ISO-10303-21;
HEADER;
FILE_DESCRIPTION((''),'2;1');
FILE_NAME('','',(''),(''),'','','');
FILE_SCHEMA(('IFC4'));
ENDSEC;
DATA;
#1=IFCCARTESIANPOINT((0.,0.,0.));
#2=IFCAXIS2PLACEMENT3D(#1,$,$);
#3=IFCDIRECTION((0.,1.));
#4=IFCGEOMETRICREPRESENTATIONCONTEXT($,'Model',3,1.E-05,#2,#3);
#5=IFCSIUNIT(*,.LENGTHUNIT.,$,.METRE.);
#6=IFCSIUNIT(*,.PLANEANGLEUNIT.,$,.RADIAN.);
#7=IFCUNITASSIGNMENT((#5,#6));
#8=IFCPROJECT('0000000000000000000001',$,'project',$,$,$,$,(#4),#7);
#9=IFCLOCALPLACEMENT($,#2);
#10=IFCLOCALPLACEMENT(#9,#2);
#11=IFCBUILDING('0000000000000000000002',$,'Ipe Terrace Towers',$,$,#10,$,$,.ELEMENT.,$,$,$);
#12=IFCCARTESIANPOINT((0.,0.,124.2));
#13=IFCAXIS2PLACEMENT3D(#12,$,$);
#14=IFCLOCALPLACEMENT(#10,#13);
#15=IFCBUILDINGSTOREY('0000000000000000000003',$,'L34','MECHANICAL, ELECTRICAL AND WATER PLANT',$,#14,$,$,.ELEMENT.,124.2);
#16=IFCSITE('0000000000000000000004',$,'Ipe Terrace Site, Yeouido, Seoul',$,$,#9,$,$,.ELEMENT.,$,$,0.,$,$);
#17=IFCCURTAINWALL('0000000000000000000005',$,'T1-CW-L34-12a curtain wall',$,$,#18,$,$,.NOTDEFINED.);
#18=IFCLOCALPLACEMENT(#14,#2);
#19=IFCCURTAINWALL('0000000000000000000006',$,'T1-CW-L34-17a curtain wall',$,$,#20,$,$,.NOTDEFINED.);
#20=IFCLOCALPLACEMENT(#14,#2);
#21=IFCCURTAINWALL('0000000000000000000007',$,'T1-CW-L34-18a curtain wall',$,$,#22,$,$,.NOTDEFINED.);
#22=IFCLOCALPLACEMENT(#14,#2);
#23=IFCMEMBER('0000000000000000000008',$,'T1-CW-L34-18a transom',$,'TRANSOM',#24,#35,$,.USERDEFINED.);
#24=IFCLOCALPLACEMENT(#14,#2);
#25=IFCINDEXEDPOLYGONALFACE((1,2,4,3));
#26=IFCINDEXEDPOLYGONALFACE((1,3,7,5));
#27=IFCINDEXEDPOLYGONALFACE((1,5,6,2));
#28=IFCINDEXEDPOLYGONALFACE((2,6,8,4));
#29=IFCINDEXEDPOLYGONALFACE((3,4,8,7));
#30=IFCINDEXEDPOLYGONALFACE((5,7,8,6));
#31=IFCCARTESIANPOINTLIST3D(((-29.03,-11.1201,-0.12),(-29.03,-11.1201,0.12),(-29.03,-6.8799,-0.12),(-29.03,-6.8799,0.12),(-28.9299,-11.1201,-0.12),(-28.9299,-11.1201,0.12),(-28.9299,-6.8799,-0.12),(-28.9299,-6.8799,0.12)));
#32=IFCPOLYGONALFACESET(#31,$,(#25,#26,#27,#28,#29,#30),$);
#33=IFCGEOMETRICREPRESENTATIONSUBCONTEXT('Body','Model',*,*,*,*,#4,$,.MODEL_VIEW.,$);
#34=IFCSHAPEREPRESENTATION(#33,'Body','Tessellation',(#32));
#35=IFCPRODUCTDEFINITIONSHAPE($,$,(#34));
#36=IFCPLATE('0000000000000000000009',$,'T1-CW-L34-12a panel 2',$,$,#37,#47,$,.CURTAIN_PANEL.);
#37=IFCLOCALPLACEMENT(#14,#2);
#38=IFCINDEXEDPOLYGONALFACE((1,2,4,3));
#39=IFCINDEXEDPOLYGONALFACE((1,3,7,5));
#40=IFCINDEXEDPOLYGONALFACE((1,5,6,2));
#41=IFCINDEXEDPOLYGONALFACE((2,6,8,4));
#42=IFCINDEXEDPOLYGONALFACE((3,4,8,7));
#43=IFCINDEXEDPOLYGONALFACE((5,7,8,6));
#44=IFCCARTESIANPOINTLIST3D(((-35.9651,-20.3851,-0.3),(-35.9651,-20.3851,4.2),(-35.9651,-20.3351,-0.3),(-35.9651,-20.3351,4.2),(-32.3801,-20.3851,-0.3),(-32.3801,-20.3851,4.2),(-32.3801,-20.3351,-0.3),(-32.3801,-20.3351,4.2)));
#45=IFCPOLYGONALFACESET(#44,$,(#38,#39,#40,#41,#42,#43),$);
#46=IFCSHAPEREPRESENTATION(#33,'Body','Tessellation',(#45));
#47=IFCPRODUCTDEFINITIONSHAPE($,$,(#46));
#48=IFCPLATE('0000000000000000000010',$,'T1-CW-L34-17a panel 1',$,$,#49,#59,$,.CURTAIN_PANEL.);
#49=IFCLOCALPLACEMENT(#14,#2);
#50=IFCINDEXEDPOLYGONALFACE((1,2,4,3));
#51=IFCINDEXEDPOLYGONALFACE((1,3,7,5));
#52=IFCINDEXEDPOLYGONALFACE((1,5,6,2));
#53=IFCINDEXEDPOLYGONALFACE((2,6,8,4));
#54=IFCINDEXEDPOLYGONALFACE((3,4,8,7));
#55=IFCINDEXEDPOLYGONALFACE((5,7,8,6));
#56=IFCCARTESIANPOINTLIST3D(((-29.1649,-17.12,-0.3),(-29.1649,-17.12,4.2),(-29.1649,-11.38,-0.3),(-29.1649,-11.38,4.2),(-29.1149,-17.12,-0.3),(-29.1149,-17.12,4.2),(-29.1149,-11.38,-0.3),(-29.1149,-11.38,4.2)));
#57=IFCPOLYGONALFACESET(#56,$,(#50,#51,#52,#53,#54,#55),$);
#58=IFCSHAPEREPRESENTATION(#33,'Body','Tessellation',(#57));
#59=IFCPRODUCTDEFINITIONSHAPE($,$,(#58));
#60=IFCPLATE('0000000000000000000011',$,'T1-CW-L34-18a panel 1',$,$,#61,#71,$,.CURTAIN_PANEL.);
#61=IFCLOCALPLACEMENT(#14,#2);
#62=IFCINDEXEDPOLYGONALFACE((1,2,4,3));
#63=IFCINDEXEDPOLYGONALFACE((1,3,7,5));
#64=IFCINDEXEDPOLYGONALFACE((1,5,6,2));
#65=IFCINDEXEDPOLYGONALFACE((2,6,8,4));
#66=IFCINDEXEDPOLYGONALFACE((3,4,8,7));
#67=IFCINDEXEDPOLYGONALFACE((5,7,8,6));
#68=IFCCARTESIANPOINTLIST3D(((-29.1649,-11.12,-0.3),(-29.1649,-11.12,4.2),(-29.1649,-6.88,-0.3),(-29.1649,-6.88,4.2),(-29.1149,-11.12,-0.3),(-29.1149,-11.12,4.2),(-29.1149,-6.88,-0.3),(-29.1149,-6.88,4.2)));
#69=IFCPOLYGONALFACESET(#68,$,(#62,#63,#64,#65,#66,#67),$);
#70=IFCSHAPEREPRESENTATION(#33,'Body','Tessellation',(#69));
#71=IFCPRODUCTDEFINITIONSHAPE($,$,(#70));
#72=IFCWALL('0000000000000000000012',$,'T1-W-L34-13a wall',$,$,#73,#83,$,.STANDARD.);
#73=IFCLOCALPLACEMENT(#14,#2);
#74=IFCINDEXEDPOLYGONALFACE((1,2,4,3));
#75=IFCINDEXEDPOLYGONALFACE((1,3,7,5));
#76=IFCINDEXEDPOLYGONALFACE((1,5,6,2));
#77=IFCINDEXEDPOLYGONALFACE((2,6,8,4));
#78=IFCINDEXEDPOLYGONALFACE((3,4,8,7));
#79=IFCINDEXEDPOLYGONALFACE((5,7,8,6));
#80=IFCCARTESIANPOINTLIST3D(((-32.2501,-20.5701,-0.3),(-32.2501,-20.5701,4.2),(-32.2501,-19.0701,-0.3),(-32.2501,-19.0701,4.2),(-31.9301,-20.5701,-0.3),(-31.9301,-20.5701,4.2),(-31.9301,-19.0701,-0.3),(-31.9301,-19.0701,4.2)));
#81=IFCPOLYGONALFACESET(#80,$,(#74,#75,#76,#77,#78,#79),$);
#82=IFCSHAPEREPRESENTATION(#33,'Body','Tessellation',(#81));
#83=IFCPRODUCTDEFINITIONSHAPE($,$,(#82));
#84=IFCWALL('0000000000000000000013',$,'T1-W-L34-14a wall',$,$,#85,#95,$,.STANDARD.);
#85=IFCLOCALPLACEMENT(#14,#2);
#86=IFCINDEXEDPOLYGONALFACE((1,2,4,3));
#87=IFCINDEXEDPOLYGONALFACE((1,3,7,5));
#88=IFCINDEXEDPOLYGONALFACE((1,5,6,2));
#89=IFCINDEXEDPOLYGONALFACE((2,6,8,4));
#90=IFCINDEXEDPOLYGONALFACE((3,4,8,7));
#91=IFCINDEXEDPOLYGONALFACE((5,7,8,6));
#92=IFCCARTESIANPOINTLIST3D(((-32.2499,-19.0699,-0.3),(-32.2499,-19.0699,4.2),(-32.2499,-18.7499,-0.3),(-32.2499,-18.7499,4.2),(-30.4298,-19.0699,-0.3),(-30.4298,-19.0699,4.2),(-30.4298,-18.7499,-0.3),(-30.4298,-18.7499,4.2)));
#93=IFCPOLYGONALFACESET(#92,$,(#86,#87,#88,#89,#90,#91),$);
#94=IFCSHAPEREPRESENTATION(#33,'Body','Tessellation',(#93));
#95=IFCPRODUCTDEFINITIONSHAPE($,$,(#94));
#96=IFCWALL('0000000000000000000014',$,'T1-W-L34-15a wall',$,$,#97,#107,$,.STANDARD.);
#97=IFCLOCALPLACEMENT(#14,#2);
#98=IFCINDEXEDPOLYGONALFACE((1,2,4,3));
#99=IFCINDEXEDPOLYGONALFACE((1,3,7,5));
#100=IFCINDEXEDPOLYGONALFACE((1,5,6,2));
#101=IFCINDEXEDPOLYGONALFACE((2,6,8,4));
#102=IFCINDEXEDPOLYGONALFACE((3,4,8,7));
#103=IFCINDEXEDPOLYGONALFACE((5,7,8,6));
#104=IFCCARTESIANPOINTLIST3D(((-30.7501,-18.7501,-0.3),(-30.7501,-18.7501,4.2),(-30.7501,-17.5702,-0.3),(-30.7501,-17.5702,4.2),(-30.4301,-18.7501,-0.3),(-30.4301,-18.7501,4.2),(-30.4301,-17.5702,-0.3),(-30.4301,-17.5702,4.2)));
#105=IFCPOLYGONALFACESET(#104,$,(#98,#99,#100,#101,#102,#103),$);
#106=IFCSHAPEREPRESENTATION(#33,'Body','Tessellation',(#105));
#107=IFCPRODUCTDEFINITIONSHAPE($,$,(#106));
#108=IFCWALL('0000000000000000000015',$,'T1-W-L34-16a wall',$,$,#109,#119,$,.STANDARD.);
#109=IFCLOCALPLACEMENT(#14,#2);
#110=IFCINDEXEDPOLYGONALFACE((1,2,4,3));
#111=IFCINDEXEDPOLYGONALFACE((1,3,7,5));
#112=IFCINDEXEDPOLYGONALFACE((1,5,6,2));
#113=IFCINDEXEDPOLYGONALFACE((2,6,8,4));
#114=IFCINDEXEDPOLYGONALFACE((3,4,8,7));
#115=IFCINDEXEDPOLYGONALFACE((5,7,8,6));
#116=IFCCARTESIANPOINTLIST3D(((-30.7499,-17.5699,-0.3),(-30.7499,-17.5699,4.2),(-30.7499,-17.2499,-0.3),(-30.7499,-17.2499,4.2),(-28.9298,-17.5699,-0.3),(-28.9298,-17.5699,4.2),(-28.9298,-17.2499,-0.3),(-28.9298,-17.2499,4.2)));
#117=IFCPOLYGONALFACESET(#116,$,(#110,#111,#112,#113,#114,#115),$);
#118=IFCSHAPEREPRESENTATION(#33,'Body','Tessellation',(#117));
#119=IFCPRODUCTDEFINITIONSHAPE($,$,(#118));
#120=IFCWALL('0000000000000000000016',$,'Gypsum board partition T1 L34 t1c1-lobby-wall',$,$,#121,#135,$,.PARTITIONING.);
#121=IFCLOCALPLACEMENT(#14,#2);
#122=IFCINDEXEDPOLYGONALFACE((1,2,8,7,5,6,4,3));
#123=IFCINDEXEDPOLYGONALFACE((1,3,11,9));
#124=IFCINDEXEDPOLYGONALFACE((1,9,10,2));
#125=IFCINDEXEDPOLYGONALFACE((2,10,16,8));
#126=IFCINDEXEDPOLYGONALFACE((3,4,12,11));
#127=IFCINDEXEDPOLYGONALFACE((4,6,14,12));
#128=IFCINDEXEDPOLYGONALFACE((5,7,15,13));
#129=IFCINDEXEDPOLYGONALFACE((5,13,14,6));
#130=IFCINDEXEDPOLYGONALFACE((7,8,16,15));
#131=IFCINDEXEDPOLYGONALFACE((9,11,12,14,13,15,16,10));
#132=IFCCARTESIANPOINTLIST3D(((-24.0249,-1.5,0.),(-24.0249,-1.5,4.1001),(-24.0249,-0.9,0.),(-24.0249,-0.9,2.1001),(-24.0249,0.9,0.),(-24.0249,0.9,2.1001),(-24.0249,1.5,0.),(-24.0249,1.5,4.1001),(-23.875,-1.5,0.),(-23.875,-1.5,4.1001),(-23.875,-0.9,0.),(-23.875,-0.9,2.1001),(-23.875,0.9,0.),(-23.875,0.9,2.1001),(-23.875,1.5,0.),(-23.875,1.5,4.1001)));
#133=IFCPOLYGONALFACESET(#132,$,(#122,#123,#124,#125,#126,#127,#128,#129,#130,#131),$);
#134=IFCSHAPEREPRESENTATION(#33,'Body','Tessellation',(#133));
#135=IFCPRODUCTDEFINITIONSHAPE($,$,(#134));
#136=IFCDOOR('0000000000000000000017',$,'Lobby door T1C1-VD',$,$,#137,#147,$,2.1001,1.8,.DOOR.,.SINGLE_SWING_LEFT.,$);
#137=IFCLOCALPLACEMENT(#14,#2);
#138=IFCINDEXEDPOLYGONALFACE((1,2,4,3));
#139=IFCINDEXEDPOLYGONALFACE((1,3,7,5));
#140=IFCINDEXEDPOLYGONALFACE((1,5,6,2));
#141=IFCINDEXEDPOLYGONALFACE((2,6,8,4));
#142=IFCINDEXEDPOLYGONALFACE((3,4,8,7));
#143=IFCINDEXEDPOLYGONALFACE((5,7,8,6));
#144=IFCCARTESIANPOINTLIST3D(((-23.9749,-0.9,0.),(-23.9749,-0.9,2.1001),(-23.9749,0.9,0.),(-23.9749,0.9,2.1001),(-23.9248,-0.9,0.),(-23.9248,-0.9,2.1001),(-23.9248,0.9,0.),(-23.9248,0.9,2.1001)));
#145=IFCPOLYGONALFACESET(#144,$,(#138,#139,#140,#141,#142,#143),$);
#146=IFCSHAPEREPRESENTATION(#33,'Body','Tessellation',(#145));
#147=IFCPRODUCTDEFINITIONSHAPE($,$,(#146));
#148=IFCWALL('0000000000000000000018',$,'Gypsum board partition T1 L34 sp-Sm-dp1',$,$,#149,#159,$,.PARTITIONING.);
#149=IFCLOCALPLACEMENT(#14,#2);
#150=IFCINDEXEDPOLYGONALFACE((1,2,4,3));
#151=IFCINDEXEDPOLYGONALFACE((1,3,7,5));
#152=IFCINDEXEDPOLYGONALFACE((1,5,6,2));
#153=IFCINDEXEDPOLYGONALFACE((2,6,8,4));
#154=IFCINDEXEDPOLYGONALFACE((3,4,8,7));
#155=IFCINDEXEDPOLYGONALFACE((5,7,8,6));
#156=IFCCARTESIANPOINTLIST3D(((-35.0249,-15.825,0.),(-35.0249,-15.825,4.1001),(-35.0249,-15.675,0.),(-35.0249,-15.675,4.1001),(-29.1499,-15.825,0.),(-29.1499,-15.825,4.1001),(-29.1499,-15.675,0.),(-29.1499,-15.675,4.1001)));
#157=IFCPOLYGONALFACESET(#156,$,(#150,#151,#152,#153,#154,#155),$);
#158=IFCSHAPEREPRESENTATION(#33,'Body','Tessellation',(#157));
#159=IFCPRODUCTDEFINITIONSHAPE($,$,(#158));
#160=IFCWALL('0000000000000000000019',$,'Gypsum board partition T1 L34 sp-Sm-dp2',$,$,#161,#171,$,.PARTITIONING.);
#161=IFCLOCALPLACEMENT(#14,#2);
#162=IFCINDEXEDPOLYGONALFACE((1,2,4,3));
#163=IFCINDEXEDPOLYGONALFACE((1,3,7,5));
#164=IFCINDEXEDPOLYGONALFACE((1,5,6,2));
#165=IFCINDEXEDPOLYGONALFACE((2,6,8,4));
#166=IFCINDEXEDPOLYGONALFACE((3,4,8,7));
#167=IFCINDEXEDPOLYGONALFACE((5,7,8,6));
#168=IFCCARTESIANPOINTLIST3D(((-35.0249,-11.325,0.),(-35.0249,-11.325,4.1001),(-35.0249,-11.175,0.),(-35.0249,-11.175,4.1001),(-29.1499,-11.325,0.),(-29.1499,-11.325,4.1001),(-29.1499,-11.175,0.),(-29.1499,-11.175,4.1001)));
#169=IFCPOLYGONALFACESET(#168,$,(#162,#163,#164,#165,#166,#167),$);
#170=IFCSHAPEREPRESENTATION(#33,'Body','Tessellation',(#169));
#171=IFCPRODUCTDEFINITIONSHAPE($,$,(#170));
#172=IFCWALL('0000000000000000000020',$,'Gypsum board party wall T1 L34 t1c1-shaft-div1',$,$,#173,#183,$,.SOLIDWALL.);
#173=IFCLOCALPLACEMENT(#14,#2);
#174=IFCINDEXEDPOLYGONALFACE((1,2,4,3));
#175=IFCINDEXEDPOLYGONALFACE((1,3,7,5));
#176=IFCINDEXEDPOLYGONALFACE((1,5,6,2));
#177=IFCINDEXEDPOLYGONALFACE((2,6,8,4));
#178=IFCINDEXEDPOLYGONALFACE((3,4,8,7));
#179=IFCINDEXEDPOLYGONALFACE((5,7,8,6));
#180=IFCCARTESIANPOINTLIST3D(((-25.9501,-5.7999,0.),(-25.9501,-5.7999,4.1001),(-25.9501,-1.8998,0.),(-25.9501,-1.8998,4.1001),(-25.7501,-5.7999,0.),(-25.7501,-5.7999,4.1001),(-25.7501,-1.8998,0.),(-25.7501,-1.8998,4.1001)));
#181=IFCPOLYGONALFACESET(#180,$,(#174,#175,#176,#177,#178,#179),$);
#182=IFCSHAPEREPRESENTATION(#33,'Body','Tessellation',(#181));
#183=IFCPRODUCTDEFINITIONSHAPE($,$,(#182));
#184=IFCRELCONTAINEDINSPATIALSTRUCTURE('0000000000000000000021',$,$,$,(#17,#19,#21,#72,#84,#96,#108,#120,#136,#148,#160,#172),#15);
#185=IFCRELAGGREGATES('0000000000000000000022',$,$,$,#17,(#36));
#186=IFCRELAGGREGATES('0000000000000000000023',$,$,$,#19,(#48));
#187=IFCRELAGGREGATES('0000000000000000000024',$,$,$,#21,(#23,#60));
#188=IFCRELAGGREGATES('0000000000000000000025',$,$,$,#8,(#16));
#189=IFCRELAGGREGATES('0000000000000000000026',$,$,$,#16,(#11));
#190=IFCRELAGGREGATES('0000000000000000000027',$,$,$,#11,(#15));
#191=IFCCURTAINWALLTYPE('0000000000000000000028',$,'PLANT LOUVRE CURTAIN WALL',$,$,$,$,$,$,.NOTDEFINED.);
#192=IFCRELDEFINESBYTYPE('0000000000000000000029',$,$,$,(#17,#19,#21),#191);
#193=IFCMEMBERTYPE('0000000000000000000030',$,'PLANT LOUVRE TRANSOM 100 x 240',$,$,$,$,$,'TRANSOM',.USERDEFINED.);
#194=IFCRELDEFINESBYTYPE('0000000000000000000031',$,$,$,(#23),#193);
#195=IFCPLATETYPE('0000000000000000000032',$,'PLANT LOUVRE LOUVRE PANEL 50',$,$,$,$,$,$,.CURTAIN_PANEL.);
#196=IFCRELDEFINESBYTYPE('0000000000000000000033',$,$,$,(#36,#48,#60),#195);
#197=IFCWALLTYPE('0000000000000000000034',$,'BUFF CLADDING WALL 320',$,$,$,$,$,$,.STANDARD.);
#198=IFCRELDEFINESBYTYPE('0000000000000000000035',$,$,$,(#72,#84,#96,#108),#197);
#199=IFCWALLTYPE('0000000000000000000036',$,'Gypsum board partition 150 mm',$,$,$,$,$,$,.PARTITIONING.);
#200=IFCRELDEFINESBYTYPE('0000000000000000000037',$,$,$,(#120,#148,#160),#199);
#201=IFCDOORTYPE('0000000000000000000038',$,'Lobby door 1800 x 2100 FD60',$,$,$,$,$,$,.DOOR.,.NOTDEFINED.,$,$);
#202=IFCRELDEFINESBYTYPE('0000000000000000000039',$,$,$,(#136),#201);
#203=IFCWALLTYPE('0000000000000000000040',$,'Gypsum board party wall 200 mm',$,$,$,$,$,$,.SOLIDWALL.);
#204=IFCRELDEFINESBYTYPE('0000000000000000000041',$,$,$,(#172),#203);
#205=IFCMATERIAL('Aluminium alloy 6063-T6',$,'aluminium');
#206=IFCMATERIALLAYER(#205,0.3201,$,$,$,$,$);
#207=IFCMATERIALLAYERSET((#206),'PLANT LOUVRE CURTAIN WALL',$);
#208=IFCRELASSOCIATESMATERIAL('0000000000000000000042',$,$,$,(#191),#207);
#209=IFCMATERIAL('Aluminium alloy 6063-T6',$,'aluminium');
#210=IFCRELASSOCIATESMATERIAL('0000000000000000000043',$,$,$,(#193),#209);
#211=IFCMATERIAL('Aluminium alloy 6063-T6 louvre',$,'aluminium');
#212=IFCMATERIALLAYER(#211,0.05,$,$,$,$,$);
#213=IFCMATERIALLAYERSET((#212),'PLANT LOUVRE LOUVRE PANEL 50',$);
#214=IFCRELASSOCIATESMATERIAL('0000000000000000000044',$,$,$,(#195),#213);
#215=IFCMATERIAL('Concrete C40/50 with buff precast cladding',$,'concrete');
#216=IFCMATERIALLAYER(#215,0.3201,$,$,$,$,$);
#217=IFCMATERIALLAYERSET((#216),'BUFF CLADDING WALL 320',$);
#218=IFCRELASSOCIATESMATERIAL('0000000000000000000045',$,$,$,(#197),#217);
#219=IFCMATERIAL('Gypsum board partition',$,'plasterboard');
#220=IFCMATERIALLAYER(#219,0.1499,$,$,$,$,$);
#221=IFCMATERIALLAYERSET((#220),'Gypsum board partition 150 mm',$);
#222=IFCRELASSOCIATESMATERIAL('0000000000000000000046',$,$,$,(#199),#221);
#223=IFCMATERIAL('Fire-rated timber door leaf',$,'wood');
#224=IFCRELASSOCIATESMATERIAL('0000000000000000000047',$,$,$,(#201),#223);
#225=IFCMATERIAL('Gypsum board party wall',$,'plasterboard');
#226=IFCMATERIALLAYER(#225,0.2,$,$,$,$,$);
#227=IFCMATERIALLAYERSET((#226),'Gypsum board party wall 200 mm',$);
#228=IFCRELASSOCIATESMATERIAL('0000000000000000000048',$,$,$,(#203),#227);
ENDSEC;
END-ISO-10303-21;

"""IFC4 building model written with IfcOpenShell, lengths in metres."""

from ifc_helpers import new_model, si_unit, direction, frame, frame_2d, origin, origin_2d, place, context, subcontext, project, spatial, rectangle, extrude, material, layer, layer_set, material_profile, profile_set, type_object, element, fill, aggregate, save


model = new_model("IFC4")

# Units and contexts
model_context = context("Model", 3, precision=1e-05, world=origin(), true_north=direction((0.0, 1.0)))
body_context = subcontext(model_context, "Body", "Model", "MODEL_VIEW")
ifc_project = project(units=[si_unit("LENGTHUNIT", "METRE"), si_unit("PLANEANGLEUNIT", "RADIAN")], contexts=[model_context])

# Site, building, storey
site_placement = place(None, origin())
site = spatial("IfcSite", under=ifc_project, at=site_placement, Name="Ipe Terrace Site, Yeouido, Seoul", CompositionType="ELEMENT", RefElevation=0.0)
building_placement = place(site_placement, origin())
building = spatial("IfcBuilding", under=site, at=building_placement, Name="Ipe Terrace Towers", CompositionType="ELEMENT")
storey_placement = place(building_placement, frame((0.0, 0.0, 124.2)))
storey = spatial("IfcBuildingStorey", under=building, at=storey_placement, Name="L34", Description="MECHANICAL, ELECTRICAL AND WATER PLANT", CompositionType="ELEMENT", Elevation=124.2)

# Curtain wall
ifc_material_1 = material(Name="Aluminium alloy 6063-T6", Category="aluminium")
ifc_layer_1 = layer(ifc_material_1, 0.3201)
ifc_layer_set_1 = layer_set([ifc_layer_1], Name="PLANT LOUVRE CURTAIN WALL")
curtain_wall_type = type_object("IfcCurtainWallType", Name="PLANT LOUVRE CURTAIN WALL", PredefinedType="NOTDEFINED", material=ifc_layer_set_1)
curtain_wall_1_placement = place(storey_placement, origin())
curtain_wall_1 = element("IfcCurtainWall", 1, at=curtain_wall_1_placement, inside=storey, type_object=curtain_wall_type, Name="T1-CW-L34-12a curtain wall", PredefinedType="NOTDEFINED")

# Curtain walls
curtain_wall_2_placement = place(storey_placement, origin())
curtain_wall_2 = element("IfcCurtainWall", 2, at=curtain_wall_2_placement, inside=storey, type_object=curtain_wall_type, Name="T1-CW-L34-17a curtain wall", PredefinedType="NOTDEFINED")
curtain_wall_3_placement = place(storey_placement, origin())
curtain_wall_3 = element("IfcCurtainWall", 3, at=curtain_wall_3_placement, inside=storey, type_object=curtain_wall_type, Name="T1-CW-L34-18a curtain wall", PredefinedType="NOTDEFINED")

# Member
ifc_material_2 = material(Name="Aluminium alloy 6063-T6", Category="aluminium")
ifc_material_profile_1 = material_profile(ifc_material_2, rectangle(XDim=0.1001, YDim=0.24, at=origin_2d()), Name="PLANT LOUVRE TRANSOM 100 x 240")
ifc_profile_set_1 = profile_set([ifc_material_profile_1], Name="Aluminium alloy 6063-T6")
member_type_1 = type_object("IfcMemberType", Name="PLANT LOUVRE TRANSOM 100 x 240", ElementType="TRANSOM", PredefinedType="USERDEFINED", material=ifc_profile_set_1)
member_1_placement = place(storey_placement, frame((-28.98, -11.1201, 0.0), z_axis=(0.0, 1.0, 0.0), x_axis=(1.0, 0.0, 0.0)))
member_1 = element("IfcMember", 4, at=member_1_placement, type_object=member_type_1, Name="T1-CW-L34-18a transom", ObjectType="TRANSOM", PredefinedType="USERDEFINED", context=body_context, shape_type="SweptSolid", body=[
    extrude(rectangle(XDim=0.1001, YDim=0.24, at=origin_2d()), origin(), (0.0, 0.0, 1.0), 4.2402),
])

# Plates
ifc_material_3 = material(Name="Aluminium alloy 6063-T6 louvre", Category="aluminium")
ifc_layer_2 = layer(ifc_material_3, 0.05)
ifc_layer_set_2 = layer_set([ifc_layer_2], Name="PLANT LOUVRE LOUVRE PANEL 50")
plate_type = type_object("IfcPlateType", Name="PLANT LOUVRE LOUVRE PANEL 50", PredefinedType="CURTAIN_PANEL", material=ifc_layer_set_2)
plate_1_placement = place(storey_placement, frame((-34.1726, -20.3601, -0.3), z_axis=(0.0, 0.0, 1.0), x_axis=(1.0, 0.0, 0.0)))
plate_1 = element("IfcPlate", 5, at=plate_1_placement, type_object=plate_type, Name="T1-CW-L34-12a panel 2", PredefinedType="CURTAIN_PANEL", context=body_context, shape_type="SweptSolid", body=[
    extrude(rectangle(XDim=3.585, YDim=0.05, at=origin_2d()), origin(), (0.0, 0.0, 1.0), 4.5),
])
aggregate(curtain_wall_1, [plate_1])
plate_2_placement = place(storey_placement, frame((-29.1399, -14.25, -0.3), z_axis=(0.0, 0.0, 1.0), x_axis=(0.0, 1.0, 0.0)))
plate_2 = element("IfcPlate", 6, at=plate_2_placement, type_object=plate_type, Name="T1-CW-L34-17a panel 1", PredefinedType="CURTAIN_PANEL", context=body_context, shape_type="SweptSolid", body=[
    extrude(rectangle(XDim=5.74, YDim=0.05, at=origin_2d()), origin(), (0.0, 0.0, 1.0), 4.5),
])
aggregate(curtain_wall_2, [plate_2])
plate_3_placement = place(storey_placement, frame((-29.1399, -9.0, -0.3), z_axis=(0.0, 0.0, 1.0), x_axis=(0.0, 1.0, 0.0)))
plate_3 = element("IfcPlate", 7, at=plate_3_placement, type_object=plate_type, Name="T1-CW-L34-18a panel 1", PredefinedType="CURTAIN_PANEL", context=body_context, shape_type="SweptSolid", body=[
    extrude(rectangle(XDim=4.24, YDim=0.05, at=origin_2d()), origin(), (0.0, 0.0, 1.0), 4.5),
])
aggregate(curtain_wall_3, [member_1, plate_3])

# Walls
ifc_material_4 = material(Name="Concrete C40/50 with buff precast cladding", Category="concrete")
ifc_layer_3 = layer(ifc_material_4, 0.3201)
ifc_layer_set_3 = layer_set([ifc_layer_3], Name="BUFF CLADDING WALL 320")
wall_type_1 = type_object("IfcWallType", Name="BUFF CLADDING WALL 320", PredefinedType="STANDARD", material=ifc_layer_set_3)
wall_1_placement = place(storey_placement, frame((-32.0901, -20.5701, -0.3), z_axis=(0.0, 0.0, 1.0), x_axis=(0.0, 1.0, 0.0)))
element("IfcWall", 8, at=wall_1_placement, inside=storey, type_object=wall_type_1, Name="T1-W-L34-13a wall", PredefinedType="STANDARD", context=body_context, shape_type="SweptSolid", body=[
    extrude(rectangle(XDim=1.5, YDim=0.3201, at=frame_2d((0.75, 0.0))), origin(), (0.0, 0.0, 1.0), 4.5),
])
wall_2_placement = place(storey_placement, frame((-32.25, -18.9099, -0.3), z_axis=(0.0, 0.0, 1.0), x_axis=(1.0, 0.0, 0.0)))
element("IfcWall", 9, at=wall_2_placement, inside=storey, type_object=wall_type_1, Name="T1-W-L34-14a wall", PredefinedType="STANDARD", context=body_context, shape_type="SweptSolid", body=[
    extrude(rectangle(XDim=1.8201, YDim=0.3201, at=frame_2d((0.9102, 0.0))), origin(), (0.0, 0.0, 1.0), 4.5),
])
wall_3_placement = place(storey_placement, frame((-30.5901, -18.75, -0.3), z_axis=(0.0, 0.0, 1.0), x_axis=(0.0, 1.0, 0.0)))
element("IfcWall", 10, at=wall_3_placement, inside=storey, type_object=wall_type_1, Name="T1-W-L34-15a wall", PredefinedType="STANDARD", context=body_context, shape_type="SweptSolid", body=[
    extrude(rectangle(XDim=1.1799, YDim=0.3201, at=frame_2d((0.5898, 0.0))), origin(), (0.0, 0.0, 1.0), 4.5),
])
wall_4_placement = place(storey_placement, frame((-30.75, -17.4099, -0.3), z_axis=(0.0, 0.0, 1.0), x_axis=(1.0, 0.0, 0.0)))
element("IfcWall", 11, at=wall_4_placement, inside=storey, type_object=wall_type_1, Name="T1-W-L34-16a wall", PredefinedType="STANDARD", context=body_context, shape_type="SweptSolid", body=[
    extrude(rectangle(XDim=1.8201, YDim=0.3201, at=frame_2d((0.9102, 0.0))), origin(), (0.0, 0.0, 1.0), 4.5),
])

# Wall, opening, door
ifc_material_5 = material(Name="Gypsum board partition", Category="plasterboard")
ifc_layer_4 = layer(ifc_material_5, 0.1499)
ifc_layer_set_4 = layer_set([ifc_layer_4], Name="Gypsum board partition 150 mm")
wall_type_2 = type_object("IfcWallType", Name="Gypsum board partition 150 mm", PredefinedType="PARTITIONING", material=ifc_layer_set_4)
wall_5_placement = place(storey_placement, frame((-23.95, -1.5, 0.0), z_axis=(0.0, 0.0, 1.0), x_axis=(0.0, 1.0, 0.0)))
wall_5 = element("IfcWall", 12, at=wall_5_placement, inside=storey, type_object=wall_type_2, Name="Gypsum board partition T1 L34 t1c1-lobby-wall", PredefinedType="PARTITIONING", context=body_context, shape_type="SweptSolid", body=[
    extrude(rectangle(XDim=3.0, YDim=0.1499, at=frame_2d((1.5, 0.0))), origin(), (0.0, 0.0, 1.0), 4.1001),
])
opening_placement = place(wall_5_placement, frame((0.6001, 0.0, 0.0)))
opening = element("IfcOpeningElement", 13, at=opening_placement, cuts=wall_5, PredefinedType="OPENING", context=body_context, shape_type="SweptSolid", body=[
    extrude(rectangle(XDim=1.8, YDim=2.1001, at=frame_2d((0.8999, 1.05))), frame((0.0, 0.085, 0.0), z_axis=(0.0, -1.0, 0.0), x_axis=(1.0, 0.0, 0.0)), (0.0, 0.0, 1.0), 0.1699),
])
ifc_material_6 = material(Name="Fire-rated timber door leaf", Category="wood")
door_type = type_object("IfcDoorType", Name="Lobby door 1800 x 2100 FD60", OperationType="NOTDEFINED", PredefinedType="DOOR", material=ifc_material_6)
door_placement = place(opening_placement, origin())
door = element("IfcDoor", 14, at=door_placement, inside=storey, type_object=door_type, Name="Lobby door T1C1-VD", OperationType="SINGLE_SWING_LEFT", OverallHeight=2.1001, OverallWidth=1.8, PredefinedType="DOOR", context=body_context, shape_type="SweptSolid", body=[
    extrude(rectangle(XDim=1.8, YDim=2.1001, at=frame_2d((0.8999, 1.05))), frame((0.0, 0.0249, 0.0), z_axis=(0.0, -1.0, 0.0), x_axis=(1.0, 0.0, 0.0)), (0.0, 0.0, 1.0), 0.05),
])
fill(opening, door)

# Walls
for number, where, z_axis, x_axis, name in (
    (15, (-35.0249, -15.75, 0.0), (0.0, 0.0, 1.0), (1.0, 0.0, 0.0), "Gypsum board partition T1 L34 sp-Sm-dp1"),
    (16, (-35.0249, -11.25, 0.0), (0.0, 0.0, 1.0), (1.0, 0.0, 0.0), "Gypsum board partition T1 L34 sp-Sm-dp2"),
):
    element("IfcWall", number, at=place(storey_placement, frame(where, z_axis=z_axis, x_axis=x_axis)), inside=storey, type_object=wall_type_2, Name=name, PredefinedType="PARTITIONING", context=body_context, shape_type="SweptSolid", body=[
        extrude(rectangle(XDim=5.875, YDim=0.1499, at=frame_2d((2.9375, 0.0))), origin(), (0.0, 0.0, 1.0), 4.1001),
    ])
ifc_material_7 = material(Name="Gypsum board party wall", Category="plasterboard")
ifc_layer_5 = layer(ifc_material_7, 0.2)
ifc_layer_set_5 = layer_set([ifc_layer_5], Name="Gypsum board party wall 200 mm")
wall_type_3 = type_object("IfcWallType", Name="Gypsum board party wall 200 mm", PredefinedType="SOLIDWALL", material=ifc_layer_set_5)
wall_6_placement = place(storey_placement, frame((-25.8501, -5.8, 0.0), z_axis=(0.0, 0.0, 1.0), x_axis=(0.0, 1.0, 0.0)))
element("IfcWall", 17, at=wall_6_placement, inside=storey, type_object=wall_type_3, Name="Gypsum board party wall T1 L34 t1c1-shaft-div1", PredefinedType="SOLIDWALL", context=body_context, shape_type="SweptSolid", body=[
    extrude(rectangle(XDim=3.9001, YDim=0.2, at=frame_2d((1.9502, 0.0))), origin(), (0.0, 0.0, 1.0), 4.1001),
])

save(model, "model.ifc")
